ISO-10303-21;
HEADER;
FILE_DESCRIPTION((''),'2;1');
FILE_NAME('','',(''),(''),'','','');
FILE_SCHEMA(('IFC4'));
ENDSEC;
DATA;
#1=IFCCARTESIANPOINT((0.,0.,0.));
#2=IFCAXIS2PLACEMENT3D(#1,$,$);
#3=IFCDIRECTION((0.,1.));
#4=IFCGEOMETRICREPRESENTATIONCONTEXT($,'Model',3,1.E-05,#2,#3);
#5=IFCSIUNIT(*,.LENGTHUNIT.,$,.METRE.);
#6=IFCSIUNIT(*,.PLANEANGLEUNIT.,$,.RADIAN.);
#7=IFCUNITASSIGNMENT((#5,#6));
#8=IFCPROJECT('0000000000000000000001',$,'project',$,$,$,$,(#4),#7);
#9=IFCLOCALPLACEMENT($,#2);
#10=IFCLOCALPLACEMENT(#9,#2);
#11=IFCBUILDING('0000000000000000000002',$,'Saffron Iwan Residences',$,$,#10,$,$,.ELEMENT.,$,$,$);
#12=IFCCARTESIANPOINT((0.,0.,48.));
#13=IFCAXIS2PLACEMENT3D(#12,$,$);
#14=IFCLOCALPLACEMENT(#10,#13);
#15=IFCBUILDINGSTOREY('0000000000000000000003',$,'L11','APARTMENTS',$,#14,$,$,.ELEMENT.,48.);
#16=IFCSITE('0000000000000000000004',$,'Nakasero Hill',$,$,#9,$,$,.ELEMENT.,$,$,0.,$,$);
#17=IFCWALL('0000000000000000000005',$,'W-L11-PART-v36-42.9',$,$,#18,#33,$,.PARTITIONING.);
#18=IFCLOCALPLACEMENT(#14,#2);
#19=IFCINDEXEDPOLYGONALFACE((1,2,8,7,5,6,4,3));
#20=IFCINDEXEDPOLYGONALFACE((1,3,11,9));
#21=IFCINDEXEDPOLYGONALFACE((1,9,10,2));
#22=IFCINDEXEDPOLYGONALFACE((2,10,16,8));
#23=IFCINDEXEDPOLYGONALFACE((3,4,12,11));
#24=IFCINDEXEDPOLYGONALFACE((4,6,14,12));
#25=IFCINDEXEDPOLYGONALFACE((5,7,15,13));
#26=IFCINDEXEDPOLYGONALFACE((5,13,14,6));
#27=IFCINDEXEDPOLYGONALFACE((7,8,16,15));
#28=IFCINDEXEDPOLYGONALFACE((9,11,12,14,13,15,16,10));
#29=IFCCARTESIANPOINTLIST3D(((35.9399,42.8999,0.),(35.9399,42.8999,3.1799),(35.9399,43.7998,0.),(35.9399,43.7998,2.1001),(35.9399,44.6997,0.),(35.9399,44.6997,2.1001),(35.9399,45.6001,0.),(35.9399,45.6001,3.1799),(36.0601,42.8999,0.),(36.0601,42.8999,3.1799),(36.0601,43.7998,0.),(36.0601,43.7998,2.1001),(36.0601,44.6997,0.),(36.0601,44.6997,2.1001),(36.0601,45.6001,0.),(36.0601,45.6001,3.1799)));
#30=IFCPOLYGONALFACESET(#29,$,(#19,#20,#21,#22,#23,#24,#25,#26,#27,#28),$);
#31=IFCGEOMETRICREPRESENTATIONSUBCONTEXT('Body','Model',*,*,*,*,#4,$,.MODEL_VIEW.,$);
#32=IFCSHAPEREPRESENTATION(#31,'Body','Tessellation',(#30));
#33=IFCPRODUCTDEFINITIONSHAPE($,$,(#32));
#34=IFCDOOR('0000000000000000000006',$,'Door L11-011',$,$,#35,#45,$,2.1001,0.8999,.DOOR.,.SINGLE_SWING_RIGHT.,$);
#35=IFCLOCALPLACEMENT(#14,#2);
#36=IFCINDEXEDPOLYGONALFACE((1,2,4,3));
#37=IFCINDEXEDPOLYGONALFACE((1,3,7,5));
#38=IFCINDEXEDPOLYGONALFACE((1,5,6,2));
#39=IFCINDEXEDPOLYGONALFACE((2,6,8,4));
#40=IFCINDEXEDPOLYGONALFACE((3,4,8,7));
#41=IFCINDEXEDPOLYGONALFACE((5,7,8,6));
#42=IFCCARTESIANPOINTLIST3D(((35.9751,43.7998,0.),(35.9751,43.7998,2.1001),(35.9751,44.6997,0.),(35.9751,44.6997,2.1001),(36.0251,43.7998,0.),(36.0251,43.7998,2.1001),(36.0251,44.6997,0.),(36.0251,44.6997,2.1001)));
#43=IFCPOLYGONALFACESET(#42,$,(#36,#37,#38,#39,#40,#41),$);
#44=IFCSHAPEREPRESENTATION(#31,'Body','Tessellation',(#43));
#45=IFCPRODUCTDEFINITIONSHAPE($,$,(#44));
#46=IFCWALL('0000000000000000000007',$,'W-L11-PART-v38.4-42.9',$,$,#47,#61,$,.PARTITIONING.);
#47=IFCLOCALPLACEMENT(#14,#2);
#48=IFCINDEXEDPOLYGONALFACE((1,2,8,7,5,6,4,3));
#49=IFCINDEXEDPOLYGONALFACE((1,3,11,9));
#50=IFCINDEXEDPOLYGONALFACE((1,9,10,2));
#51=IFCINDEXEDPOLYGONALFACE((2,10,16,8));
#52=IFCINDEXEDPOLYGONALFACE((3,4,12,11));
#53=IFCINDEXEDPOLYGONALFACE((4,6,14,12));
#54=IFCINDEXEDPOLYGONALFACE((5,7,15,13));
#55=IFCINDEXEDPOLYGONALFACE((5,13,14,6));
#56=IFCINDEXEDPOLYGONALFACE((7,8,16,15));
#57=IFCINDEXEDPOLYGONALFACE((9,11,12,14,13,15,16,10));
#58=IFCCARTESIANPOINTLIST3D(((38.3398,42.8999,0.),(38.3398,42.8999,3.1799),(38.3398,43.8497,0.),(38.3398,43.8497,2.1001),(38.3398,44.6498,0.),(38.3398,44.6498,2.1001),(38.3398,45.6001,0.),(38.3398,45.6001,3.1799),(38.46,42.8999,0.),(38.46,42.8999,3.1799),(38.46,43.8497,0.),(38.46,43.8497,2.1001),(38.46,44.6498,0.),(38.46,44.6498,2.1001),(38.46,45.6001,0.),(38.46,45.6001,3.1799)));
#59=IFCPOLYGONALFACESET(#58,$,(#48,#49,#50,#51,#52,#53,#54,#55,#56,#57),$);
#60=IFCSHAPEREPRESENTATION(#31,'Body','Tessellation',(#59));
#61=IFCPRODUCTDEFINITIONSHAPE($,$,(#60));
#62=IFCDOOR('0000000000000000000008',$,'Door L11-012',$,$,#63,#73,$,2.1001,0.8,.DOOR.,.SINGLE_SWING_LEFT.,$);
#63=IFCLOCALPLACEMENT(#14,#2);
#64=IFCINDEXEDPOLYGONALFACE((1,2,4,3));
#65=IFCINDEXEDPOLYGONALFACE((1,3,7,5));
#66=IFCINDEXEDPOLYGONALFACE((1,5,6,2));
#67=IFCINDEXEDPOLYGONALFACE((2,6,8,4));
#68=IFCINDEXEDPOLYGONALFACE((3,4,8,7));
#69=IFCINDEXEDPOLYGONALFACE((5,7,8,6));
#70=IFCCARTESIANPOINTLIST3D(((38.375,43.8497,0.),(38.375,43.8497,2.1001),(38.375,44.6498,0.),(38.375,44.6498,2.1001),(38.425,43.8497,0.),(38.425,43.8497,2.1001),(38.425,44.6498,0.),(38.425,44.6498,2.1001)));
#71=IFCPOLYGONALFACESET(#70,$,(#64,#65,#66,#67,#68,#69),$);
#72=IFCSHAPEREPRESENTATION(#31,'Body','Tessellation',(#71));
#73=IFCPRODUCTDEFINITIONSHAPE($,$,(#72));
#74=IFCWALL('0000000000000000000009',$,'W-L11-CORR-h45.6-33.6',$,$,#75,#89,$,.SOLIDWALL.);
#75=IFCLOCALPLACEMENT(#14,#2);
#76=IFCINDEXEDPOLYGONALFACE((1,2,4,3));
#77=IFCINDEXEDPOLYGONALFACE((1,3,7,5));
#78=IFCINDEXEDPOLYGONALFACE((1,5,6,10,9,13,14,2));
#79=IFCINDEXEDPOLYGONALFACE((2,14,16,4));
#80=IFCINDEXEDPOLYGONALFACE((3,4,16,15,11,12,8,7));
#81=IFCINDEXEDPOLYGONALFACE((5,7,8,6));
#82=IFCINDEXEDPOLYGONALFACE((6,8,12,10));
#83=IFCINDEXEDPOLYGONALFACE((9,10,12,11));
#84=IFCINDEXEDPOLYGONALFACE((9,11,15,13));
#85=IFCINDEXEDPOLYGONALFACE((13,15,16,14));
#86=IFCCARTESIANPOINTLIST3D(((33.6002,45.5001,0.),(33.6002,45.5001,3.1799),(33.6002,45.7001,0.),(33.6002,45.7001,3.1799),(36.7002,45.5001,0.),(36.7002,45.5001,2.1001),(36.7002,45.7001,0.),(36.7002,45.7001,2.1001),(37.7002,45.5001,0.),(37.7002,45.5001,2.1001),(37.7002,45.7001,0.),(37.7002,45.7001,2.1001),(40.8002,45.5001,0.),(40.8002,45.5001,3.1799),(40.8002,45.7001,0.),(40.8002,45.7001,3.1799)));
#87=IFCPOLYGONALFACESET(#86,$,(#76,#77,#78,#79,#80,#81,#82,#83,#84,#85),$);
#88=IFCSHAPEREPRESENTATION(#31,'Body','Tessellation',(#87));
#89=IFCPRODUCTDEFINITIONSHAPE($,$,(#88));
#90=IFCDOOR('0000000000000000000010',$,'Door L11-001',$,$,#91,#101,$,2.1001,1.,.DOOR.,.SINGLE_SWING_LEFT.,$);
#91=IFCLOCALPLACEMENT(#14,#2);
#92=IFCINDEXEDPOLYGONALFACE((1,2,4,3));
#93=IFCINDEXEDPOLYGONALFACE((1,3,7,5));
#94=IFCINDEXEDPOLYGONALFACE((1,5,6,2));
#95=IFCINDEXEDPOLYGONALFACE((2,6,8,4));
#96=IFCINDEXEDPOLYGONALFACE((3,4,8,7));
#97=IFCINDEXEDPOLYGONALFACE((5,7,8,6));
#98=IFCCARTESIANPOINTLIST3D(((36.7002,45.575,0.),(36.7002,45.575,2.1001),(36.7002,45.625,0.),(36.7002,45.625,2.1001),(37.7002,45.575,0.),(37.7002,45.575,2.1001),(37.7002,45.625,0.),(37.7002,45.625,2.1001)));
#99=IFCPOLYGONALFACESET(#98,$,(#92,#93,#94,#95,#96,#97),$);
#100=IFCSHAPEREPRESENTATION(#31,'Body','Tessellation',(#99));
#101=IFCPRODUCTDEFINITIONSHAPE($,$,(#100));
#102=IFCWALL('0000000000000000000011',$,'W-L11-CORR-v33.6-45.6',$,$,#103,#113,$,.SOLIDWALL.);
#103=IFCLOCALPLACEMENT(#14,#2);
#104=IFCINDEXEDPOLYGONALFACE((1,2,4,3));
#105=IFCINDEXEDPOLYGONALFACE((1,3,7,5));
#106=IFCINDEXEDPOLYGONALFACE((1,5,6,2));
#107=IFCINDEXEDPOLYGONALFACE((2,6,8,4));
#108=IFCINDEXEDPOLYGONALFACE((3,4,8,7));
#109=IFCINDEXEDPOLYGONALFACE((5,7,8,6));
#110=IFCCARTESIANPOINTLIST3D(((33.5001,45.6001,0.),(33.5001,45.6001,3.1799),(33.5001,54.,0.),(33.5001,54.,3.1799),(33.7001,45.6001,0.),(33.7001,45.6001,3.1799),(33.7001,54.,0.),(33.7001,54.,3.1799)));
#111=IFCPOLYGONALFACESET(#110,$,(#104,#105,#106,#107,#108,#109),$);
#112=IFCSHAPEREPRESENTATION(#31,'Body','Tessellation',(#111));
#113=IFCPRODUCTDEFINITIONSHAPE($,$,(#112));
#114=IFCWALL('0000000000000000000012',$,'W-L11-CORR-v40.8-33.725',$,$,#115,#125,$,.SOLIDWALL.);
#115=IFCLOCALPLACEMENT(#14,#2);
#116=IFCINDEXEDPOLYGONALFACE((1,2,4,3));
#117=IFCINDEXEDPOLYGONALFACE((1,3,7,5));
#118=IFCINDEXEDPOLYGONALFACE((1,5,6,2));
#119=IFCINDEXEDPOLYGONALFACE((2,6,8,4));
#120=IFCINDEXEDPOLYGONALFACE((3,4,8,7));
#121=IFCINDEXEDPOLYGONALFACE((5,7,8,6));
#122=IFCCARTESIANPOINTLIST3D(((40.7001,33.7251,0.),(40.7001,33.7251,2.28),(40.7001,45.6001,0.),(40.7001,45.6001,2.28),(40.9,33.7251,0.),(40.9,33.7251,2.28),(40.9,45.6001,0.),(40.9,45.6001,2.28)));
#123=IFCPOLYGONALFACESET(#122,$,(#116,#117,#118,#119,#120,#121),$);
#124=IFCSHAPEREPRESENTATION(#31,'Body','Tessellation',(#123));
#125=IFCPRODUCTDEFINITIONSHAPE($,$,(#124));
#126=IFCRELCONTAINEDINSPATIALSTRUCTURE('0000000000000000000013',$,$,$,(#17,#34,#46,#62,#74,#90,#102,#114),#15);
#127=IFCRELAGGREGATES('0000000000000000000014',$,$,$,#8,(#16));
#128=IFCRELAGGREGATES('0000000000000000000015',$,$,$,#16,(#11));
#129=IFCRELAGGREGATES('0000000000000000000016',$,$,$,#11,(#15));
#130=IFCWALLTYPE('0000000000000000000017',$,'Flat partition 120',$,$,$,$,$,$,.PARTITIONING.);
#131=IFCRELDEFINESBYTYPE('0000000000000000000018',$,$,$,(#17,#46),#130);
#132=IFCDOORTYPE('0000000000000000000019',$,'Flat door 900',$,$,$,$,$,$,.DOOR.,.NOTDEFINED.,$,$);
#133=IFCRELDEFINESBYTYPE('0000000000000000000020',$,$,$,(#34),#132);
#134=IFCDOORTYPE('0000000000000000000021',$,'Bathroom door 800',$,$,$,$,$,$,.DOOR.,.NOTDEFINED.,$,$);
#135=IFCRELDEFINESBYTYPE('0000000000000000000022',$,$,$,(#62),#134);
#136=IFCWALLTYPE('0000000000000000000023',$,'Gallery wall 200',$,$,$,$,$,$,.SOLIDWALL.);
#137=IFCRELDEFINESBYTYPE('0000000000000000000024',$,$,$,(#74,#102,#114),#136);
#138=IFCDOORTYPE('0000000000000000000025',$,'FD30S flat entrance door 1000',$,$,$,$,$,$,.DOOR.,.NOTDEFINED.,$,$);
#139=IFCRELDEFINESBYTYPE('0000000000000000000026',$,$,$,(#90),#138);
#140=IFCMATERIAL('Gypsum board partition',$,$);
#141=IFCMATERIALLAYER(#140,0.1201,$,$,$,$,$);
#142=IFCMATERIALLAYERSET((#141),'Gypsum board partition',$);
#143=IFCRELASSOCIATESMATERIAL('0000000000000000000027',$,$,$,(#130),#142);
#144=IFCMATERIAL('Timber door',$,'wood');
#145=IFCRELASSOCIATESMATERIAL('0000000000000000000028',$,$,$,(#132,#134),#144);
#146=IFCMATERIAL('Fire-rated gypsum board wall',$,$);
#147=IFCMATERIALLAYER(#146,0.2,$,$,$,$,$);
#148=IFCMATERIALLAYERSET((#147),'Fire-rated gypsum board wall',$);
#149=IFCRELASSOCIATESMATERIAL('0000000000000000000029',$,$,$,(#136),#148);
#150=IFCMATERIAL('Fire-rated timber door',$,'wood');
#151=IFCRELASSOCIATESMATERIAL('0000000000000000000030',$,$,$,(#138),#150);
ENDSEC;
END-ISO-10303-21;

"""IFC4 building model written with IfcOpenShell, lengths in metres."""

from ifc_helpers import new_model, si_unit, direction, frame, frame_2d, origin, place, context, subcontext, project, spatial, rectangle, extrude, material, layer, layer_set, type_object, element, fill, save


model = new_model("IFC4")

# Units and contexts
model_context = context("Model", 3, precision=1e-05, world=origin(), true_north=direction((0.0, 1.0)))
body_context = subcontext(model_context, "Body", "Model", "MODEL_VIEW")
ifc_project = project(units=[si_unit("LENGTHUNIT", "METRE"), si_unit("PLANEANGLEUNIT", "RADIAN")], contexts=[model_context])

# Site, building, storey
site_placement = place(None, origin())
site = spatial("IfcSite", under=ifc_project, at=site_placement, Name="Nakasero Hill", CompositionType="ELEMENT", RefElevation=0.0)
building_placement = place(site_placement, origin())
building = spatial("IfcBuilding", under=site, at=building_placement, Name="Saffron Iwan Residences", CompositionType="ELEMENT")
storey_placement = place(building_placement, frame((0.0, 0.0, 48.0)))
storey = spatial("IfcBuildingStorey", under=building, at=storey_placement, Name="L11", Description="APARTMENTS", CompositionType="ELEMENT", Elevation=48.0)

# Shared definitions
ifc_material_1 = material(Name="Gypsum board partition")
ifc_layer_1 = layer(ifc_material_1, 0.1201)
ifc_layer_set_1 = layer_set([ifc_layer_1], Name="Gypsum board partition")
wall_type_1 = type_object("IfcWallType", Name="Flat partition 120", PredefinedType="PARTITIONING", material=ifc_layer_set_1)
ifc_material_2 = material(Name="Timber door", Category="wood")
door_type_1 = type_object("IfcDoorType", Name="Flat door 900", OperationType="NOTDEFINED", PredefinedType="DOOR", material=ifc_material_2)

# Walls, openings, doors
wall_1_placement = place(storey_placement, frame((36.0, 42.8999, 0.0), z_axis=(0.0, 0.0, 1.0), x_axis=(0.0, 1.0, 0.0)))
wall_1 = element("IfcWall", 1, at=wall_1_placement, inside=storey, type_object=wall_type_1, Name="W-L11-PART-v36-42.9", PredefinedType="PARTITIONING", context=body_context, shape_type="SweptSolid", body=[
    extrude(rectangle(XDim=2.7002, YDim=0.1201, at=frame_2d((1.3501, 0.0))), origin(), (0.0, 0.0, 1.0), 3.1799),
])
opening_1_placement = place(wall_1_placement, frame((0.8999, 0.0, 0.0)))
opening_1 = element("IfcOpeningElement", 2, at=opening_1_placement, cuts=wall_1, PredefinedType="OPENING", context=body_context, shape_type="SweptSolid", body=[
    extrude(rectangle(XDim=0.8999, YDim=2.1001, at=frame_2d((0.45, 1.05))), frame((0.0, 0.0701, 0.0), z_axis=(0.0, -1.0, 0.0), x_axis=(1.0, 0.0, 0.0)), (0.0, 0.0, 1.0), 0.1401),
])
door_1_placement = place(opening_1_placement, origin())
door_1 = element("IfcDoor", 3, at=door_1_placement, inside=storey, type_object=door_type_1, Name="Door L11-011", OperationType="SINGLE_SWING_RIGHT", OverallHeight=2.1001, OverallWidth=0.8999, PredefinedType="DOOR", context=body_context, shape_type="SweptSolid", body=[
    extrude(rectangle(XDim=0.8999, YDim=2.1001, at=frame_2d((0.45, 1.05))), frame((0.0, 0.0249, 0.0), z_axis=(0.0, -1.0, 0.0), x_axis=(1.0, 0.0, 0.0)), (0.0, 0.0, 1.0), 0.05),
])
fill(opening_1, door_1)
wall_2_placement = place(storey_placement, frame((38.3999, 42.8999, 0.0), z_axis=(0.0, 0.0, 1.0), x_axis=(0.0, 1.0, 0.0)))
wall_2 = element("IfcWall", 4, at=wall_2_placement, inside=storey, type_object=wall_type_1, Name="W-L11-PART-v38.4-42.9", PredefinedType="PARTITIONING", context=body_context, shape_type="SweptSolid", body=[
    extrude(rectangle(XDim=2.7002, YDim=0.1201, at=frame_2d((1.3501, 0.0))), origin(), (0.0, 0.0, 1.0), 3.1799),
])
opening_2_placement = place(wall_2_placement, frame((0.95, 0.0, 0.0)))
opening_2 = element("IfcOpeningElement", 5, at=opening_2_placement, cuts=wall_2, PredefinedType="OPENING", context=body_context, shape_type="SweptSolid", body=[
    extrude(rectangle(XDim=0.8, YDim=2.1001, at=frame_2d((0.3999, 1.05))), frame((0.0, 0.0701, 0.0), z_axis=(0.0, -1.0, 0.0), x_axis=(1.0, 0.0, 0.0)), (0.0, 0.0, 1.0), 0.1401),
])
door_type_2 = type_object("IfcDoorType", Name="Bathroom door 800", OperationType="NOTDEFINED", PredefinedType="DOOR", material=ifc_material_2)
door_2_placement = place(opening_2_placement, origin())
door_2 = element("IfcDoor", 6, at=door_2_placement, inside=storey, type_object=door_type_2, Name="Door L11-012", OperationType="SINGLE_SWING_LEFT", OverallHeight=2.1001, OverallWidth=0.8, PredefinedType="DOOR", context=body_context, shape_type="SweptSolid", body=[
    extrude(rectangle(XDim=0.8, YDim=2.1001, at=frame_2d((0.3999, 1.05))), frame((0.0, 0.0249, 0.0), z_axis=(0.0, -1.0, 0.0), x_axis=(1.0, 0.0, 0.0)), (0.0, 0.0, 1.0), 0.05),
])
fill(opening_2, door_2)
ifc_material_3 = material(Name="Fire-rated gypsum board wall")
ifc_layer_2 = layer(ifc_material_3, 0.2)
ifc_layer_set_2 = layer_set([ifc_layer_2], Name="Fire-rated gypsum board wall")
wall_type_2 = type_object("IfcWallType", Name="Gallery wall 200", PredefinedType="SOLIDWALL", material=ifc_layer_set_2)
wall_3_placement = place(storey_placement, frame((33.6001, 45.6001, 0.0), z_axis=(0.0, 0.0, 1.0), x_axis=(1.0, 0.0, 0.0)))
wall_3 = element("IfcWall", 7, at=wall_3_placement, inside=storey, type_object=wall_type_2, Name="W-L11-CORR-h45.6-33.6", PredefinedType="SOLIDWALL", context=body_context, shape_type="SweptSolid", body=[
    extrude(rectangle(XDim=7.2, YDim=0.2, at=frame_2d((3.6001, 0.0))), origin(), (0.0, 0.0, 1.0), 3.1799),
])
opening_3_placement = place(wall_3_placement, frame((3.1001, 0.0, 0.0)))
opening_3 = element("IfcOpeningElement", 8, at=opening_3_placement, cuts=wall_3, PredefinedType="OPENING", context=body_context, shape_type="SweptSolid", body=[
    extrude(rectangle(XDim=1.0, YDim=2.1001, at=frame_2d((0.5, 1.05))), frame((0.0, 0.1099, 0.0), z_axis=(0.0, -1.0, 0.0), x_axis=(1.0, 0.0, 0.0)), (0.0, 0.0, 1.0), 0.22),
])
ifc_material_4 = material(Name="Fire-rated timber door", Category="wood")
door_type_3 = type_object("IfcDoorType", Name="FD30S flat entrance door 1000", OperationType="NOTDEFINED", PredefinedType="DOOR", material=ifc_material_4)
door_3_placement = place(opening_3_placement, origin())
door_3 = element("IfcDoor", 9, at=door_3_placement, inside=storey, type_object=door_type_3, Name="Door L11-001", OperationType="SINGLE_SWING_LEFT", OverallHeight=2.1001, OverallWidth=1.0, PredefinedType="DOOR", context=body_context, shape_type="SweptSolid", body=[
    extrude(rectangle(XDim=1.0, YDim=2.1001, at=frame_2d((0.5, 1.05))), frame((0.0, 0.0249, 0.0), z_axis=(0.0, -1.0, 0.0), x_axis=(1.0, 0.0, 0.0)), (0.0, 0.0, 1.0), 0.05),
])
fill(opening_3, door_3)

# Walls
wall_4_placement = place(storey_placement, frame((33.6001, 45.6001, 0.0), z_axis=(0.0, 0.0, 1.0), x_axis=(0.0, 1.0, 0.0)))
element("IfcWall", 10, at=wall_4_placement, inside=storey, type_object=wall_type_2, Name="W-L11-CORR-v33.6-45.6", PredefinedType="SOLIDWALL", context=body_context, shape_type="SweptSolid", body=[
    extrude(rectangle(XDim=8.3999, YDim=0.2, at=frame_2d((4.2, 0.0))), origin(), (0.0, 0.0, 1.0), 3.1799),
])
wall_5_placement = place(storey_placement, frame((40.8, 33.7251, 0.0), z_axis=(0.0, 0.0, 1.0), x_axis=(0.0, 1.0, 0.0)))
element("IfcWall", 11, at=wall_5_placement, inside=storey, type_object=wall_type_2, Name="W-L11-CORR-v40.8-33.725", PredefinedType="SOLIDWALL", context=body_context, shape_type="SweptSolid", body=[
    extrude(rectangle(XDim=11.875, YDim=0.2, at=frame_2d((5.9375, 0.0))), origin(), (0.0, 0.0, 1.0), 2.28),
])

save(model, "model.ifc")
